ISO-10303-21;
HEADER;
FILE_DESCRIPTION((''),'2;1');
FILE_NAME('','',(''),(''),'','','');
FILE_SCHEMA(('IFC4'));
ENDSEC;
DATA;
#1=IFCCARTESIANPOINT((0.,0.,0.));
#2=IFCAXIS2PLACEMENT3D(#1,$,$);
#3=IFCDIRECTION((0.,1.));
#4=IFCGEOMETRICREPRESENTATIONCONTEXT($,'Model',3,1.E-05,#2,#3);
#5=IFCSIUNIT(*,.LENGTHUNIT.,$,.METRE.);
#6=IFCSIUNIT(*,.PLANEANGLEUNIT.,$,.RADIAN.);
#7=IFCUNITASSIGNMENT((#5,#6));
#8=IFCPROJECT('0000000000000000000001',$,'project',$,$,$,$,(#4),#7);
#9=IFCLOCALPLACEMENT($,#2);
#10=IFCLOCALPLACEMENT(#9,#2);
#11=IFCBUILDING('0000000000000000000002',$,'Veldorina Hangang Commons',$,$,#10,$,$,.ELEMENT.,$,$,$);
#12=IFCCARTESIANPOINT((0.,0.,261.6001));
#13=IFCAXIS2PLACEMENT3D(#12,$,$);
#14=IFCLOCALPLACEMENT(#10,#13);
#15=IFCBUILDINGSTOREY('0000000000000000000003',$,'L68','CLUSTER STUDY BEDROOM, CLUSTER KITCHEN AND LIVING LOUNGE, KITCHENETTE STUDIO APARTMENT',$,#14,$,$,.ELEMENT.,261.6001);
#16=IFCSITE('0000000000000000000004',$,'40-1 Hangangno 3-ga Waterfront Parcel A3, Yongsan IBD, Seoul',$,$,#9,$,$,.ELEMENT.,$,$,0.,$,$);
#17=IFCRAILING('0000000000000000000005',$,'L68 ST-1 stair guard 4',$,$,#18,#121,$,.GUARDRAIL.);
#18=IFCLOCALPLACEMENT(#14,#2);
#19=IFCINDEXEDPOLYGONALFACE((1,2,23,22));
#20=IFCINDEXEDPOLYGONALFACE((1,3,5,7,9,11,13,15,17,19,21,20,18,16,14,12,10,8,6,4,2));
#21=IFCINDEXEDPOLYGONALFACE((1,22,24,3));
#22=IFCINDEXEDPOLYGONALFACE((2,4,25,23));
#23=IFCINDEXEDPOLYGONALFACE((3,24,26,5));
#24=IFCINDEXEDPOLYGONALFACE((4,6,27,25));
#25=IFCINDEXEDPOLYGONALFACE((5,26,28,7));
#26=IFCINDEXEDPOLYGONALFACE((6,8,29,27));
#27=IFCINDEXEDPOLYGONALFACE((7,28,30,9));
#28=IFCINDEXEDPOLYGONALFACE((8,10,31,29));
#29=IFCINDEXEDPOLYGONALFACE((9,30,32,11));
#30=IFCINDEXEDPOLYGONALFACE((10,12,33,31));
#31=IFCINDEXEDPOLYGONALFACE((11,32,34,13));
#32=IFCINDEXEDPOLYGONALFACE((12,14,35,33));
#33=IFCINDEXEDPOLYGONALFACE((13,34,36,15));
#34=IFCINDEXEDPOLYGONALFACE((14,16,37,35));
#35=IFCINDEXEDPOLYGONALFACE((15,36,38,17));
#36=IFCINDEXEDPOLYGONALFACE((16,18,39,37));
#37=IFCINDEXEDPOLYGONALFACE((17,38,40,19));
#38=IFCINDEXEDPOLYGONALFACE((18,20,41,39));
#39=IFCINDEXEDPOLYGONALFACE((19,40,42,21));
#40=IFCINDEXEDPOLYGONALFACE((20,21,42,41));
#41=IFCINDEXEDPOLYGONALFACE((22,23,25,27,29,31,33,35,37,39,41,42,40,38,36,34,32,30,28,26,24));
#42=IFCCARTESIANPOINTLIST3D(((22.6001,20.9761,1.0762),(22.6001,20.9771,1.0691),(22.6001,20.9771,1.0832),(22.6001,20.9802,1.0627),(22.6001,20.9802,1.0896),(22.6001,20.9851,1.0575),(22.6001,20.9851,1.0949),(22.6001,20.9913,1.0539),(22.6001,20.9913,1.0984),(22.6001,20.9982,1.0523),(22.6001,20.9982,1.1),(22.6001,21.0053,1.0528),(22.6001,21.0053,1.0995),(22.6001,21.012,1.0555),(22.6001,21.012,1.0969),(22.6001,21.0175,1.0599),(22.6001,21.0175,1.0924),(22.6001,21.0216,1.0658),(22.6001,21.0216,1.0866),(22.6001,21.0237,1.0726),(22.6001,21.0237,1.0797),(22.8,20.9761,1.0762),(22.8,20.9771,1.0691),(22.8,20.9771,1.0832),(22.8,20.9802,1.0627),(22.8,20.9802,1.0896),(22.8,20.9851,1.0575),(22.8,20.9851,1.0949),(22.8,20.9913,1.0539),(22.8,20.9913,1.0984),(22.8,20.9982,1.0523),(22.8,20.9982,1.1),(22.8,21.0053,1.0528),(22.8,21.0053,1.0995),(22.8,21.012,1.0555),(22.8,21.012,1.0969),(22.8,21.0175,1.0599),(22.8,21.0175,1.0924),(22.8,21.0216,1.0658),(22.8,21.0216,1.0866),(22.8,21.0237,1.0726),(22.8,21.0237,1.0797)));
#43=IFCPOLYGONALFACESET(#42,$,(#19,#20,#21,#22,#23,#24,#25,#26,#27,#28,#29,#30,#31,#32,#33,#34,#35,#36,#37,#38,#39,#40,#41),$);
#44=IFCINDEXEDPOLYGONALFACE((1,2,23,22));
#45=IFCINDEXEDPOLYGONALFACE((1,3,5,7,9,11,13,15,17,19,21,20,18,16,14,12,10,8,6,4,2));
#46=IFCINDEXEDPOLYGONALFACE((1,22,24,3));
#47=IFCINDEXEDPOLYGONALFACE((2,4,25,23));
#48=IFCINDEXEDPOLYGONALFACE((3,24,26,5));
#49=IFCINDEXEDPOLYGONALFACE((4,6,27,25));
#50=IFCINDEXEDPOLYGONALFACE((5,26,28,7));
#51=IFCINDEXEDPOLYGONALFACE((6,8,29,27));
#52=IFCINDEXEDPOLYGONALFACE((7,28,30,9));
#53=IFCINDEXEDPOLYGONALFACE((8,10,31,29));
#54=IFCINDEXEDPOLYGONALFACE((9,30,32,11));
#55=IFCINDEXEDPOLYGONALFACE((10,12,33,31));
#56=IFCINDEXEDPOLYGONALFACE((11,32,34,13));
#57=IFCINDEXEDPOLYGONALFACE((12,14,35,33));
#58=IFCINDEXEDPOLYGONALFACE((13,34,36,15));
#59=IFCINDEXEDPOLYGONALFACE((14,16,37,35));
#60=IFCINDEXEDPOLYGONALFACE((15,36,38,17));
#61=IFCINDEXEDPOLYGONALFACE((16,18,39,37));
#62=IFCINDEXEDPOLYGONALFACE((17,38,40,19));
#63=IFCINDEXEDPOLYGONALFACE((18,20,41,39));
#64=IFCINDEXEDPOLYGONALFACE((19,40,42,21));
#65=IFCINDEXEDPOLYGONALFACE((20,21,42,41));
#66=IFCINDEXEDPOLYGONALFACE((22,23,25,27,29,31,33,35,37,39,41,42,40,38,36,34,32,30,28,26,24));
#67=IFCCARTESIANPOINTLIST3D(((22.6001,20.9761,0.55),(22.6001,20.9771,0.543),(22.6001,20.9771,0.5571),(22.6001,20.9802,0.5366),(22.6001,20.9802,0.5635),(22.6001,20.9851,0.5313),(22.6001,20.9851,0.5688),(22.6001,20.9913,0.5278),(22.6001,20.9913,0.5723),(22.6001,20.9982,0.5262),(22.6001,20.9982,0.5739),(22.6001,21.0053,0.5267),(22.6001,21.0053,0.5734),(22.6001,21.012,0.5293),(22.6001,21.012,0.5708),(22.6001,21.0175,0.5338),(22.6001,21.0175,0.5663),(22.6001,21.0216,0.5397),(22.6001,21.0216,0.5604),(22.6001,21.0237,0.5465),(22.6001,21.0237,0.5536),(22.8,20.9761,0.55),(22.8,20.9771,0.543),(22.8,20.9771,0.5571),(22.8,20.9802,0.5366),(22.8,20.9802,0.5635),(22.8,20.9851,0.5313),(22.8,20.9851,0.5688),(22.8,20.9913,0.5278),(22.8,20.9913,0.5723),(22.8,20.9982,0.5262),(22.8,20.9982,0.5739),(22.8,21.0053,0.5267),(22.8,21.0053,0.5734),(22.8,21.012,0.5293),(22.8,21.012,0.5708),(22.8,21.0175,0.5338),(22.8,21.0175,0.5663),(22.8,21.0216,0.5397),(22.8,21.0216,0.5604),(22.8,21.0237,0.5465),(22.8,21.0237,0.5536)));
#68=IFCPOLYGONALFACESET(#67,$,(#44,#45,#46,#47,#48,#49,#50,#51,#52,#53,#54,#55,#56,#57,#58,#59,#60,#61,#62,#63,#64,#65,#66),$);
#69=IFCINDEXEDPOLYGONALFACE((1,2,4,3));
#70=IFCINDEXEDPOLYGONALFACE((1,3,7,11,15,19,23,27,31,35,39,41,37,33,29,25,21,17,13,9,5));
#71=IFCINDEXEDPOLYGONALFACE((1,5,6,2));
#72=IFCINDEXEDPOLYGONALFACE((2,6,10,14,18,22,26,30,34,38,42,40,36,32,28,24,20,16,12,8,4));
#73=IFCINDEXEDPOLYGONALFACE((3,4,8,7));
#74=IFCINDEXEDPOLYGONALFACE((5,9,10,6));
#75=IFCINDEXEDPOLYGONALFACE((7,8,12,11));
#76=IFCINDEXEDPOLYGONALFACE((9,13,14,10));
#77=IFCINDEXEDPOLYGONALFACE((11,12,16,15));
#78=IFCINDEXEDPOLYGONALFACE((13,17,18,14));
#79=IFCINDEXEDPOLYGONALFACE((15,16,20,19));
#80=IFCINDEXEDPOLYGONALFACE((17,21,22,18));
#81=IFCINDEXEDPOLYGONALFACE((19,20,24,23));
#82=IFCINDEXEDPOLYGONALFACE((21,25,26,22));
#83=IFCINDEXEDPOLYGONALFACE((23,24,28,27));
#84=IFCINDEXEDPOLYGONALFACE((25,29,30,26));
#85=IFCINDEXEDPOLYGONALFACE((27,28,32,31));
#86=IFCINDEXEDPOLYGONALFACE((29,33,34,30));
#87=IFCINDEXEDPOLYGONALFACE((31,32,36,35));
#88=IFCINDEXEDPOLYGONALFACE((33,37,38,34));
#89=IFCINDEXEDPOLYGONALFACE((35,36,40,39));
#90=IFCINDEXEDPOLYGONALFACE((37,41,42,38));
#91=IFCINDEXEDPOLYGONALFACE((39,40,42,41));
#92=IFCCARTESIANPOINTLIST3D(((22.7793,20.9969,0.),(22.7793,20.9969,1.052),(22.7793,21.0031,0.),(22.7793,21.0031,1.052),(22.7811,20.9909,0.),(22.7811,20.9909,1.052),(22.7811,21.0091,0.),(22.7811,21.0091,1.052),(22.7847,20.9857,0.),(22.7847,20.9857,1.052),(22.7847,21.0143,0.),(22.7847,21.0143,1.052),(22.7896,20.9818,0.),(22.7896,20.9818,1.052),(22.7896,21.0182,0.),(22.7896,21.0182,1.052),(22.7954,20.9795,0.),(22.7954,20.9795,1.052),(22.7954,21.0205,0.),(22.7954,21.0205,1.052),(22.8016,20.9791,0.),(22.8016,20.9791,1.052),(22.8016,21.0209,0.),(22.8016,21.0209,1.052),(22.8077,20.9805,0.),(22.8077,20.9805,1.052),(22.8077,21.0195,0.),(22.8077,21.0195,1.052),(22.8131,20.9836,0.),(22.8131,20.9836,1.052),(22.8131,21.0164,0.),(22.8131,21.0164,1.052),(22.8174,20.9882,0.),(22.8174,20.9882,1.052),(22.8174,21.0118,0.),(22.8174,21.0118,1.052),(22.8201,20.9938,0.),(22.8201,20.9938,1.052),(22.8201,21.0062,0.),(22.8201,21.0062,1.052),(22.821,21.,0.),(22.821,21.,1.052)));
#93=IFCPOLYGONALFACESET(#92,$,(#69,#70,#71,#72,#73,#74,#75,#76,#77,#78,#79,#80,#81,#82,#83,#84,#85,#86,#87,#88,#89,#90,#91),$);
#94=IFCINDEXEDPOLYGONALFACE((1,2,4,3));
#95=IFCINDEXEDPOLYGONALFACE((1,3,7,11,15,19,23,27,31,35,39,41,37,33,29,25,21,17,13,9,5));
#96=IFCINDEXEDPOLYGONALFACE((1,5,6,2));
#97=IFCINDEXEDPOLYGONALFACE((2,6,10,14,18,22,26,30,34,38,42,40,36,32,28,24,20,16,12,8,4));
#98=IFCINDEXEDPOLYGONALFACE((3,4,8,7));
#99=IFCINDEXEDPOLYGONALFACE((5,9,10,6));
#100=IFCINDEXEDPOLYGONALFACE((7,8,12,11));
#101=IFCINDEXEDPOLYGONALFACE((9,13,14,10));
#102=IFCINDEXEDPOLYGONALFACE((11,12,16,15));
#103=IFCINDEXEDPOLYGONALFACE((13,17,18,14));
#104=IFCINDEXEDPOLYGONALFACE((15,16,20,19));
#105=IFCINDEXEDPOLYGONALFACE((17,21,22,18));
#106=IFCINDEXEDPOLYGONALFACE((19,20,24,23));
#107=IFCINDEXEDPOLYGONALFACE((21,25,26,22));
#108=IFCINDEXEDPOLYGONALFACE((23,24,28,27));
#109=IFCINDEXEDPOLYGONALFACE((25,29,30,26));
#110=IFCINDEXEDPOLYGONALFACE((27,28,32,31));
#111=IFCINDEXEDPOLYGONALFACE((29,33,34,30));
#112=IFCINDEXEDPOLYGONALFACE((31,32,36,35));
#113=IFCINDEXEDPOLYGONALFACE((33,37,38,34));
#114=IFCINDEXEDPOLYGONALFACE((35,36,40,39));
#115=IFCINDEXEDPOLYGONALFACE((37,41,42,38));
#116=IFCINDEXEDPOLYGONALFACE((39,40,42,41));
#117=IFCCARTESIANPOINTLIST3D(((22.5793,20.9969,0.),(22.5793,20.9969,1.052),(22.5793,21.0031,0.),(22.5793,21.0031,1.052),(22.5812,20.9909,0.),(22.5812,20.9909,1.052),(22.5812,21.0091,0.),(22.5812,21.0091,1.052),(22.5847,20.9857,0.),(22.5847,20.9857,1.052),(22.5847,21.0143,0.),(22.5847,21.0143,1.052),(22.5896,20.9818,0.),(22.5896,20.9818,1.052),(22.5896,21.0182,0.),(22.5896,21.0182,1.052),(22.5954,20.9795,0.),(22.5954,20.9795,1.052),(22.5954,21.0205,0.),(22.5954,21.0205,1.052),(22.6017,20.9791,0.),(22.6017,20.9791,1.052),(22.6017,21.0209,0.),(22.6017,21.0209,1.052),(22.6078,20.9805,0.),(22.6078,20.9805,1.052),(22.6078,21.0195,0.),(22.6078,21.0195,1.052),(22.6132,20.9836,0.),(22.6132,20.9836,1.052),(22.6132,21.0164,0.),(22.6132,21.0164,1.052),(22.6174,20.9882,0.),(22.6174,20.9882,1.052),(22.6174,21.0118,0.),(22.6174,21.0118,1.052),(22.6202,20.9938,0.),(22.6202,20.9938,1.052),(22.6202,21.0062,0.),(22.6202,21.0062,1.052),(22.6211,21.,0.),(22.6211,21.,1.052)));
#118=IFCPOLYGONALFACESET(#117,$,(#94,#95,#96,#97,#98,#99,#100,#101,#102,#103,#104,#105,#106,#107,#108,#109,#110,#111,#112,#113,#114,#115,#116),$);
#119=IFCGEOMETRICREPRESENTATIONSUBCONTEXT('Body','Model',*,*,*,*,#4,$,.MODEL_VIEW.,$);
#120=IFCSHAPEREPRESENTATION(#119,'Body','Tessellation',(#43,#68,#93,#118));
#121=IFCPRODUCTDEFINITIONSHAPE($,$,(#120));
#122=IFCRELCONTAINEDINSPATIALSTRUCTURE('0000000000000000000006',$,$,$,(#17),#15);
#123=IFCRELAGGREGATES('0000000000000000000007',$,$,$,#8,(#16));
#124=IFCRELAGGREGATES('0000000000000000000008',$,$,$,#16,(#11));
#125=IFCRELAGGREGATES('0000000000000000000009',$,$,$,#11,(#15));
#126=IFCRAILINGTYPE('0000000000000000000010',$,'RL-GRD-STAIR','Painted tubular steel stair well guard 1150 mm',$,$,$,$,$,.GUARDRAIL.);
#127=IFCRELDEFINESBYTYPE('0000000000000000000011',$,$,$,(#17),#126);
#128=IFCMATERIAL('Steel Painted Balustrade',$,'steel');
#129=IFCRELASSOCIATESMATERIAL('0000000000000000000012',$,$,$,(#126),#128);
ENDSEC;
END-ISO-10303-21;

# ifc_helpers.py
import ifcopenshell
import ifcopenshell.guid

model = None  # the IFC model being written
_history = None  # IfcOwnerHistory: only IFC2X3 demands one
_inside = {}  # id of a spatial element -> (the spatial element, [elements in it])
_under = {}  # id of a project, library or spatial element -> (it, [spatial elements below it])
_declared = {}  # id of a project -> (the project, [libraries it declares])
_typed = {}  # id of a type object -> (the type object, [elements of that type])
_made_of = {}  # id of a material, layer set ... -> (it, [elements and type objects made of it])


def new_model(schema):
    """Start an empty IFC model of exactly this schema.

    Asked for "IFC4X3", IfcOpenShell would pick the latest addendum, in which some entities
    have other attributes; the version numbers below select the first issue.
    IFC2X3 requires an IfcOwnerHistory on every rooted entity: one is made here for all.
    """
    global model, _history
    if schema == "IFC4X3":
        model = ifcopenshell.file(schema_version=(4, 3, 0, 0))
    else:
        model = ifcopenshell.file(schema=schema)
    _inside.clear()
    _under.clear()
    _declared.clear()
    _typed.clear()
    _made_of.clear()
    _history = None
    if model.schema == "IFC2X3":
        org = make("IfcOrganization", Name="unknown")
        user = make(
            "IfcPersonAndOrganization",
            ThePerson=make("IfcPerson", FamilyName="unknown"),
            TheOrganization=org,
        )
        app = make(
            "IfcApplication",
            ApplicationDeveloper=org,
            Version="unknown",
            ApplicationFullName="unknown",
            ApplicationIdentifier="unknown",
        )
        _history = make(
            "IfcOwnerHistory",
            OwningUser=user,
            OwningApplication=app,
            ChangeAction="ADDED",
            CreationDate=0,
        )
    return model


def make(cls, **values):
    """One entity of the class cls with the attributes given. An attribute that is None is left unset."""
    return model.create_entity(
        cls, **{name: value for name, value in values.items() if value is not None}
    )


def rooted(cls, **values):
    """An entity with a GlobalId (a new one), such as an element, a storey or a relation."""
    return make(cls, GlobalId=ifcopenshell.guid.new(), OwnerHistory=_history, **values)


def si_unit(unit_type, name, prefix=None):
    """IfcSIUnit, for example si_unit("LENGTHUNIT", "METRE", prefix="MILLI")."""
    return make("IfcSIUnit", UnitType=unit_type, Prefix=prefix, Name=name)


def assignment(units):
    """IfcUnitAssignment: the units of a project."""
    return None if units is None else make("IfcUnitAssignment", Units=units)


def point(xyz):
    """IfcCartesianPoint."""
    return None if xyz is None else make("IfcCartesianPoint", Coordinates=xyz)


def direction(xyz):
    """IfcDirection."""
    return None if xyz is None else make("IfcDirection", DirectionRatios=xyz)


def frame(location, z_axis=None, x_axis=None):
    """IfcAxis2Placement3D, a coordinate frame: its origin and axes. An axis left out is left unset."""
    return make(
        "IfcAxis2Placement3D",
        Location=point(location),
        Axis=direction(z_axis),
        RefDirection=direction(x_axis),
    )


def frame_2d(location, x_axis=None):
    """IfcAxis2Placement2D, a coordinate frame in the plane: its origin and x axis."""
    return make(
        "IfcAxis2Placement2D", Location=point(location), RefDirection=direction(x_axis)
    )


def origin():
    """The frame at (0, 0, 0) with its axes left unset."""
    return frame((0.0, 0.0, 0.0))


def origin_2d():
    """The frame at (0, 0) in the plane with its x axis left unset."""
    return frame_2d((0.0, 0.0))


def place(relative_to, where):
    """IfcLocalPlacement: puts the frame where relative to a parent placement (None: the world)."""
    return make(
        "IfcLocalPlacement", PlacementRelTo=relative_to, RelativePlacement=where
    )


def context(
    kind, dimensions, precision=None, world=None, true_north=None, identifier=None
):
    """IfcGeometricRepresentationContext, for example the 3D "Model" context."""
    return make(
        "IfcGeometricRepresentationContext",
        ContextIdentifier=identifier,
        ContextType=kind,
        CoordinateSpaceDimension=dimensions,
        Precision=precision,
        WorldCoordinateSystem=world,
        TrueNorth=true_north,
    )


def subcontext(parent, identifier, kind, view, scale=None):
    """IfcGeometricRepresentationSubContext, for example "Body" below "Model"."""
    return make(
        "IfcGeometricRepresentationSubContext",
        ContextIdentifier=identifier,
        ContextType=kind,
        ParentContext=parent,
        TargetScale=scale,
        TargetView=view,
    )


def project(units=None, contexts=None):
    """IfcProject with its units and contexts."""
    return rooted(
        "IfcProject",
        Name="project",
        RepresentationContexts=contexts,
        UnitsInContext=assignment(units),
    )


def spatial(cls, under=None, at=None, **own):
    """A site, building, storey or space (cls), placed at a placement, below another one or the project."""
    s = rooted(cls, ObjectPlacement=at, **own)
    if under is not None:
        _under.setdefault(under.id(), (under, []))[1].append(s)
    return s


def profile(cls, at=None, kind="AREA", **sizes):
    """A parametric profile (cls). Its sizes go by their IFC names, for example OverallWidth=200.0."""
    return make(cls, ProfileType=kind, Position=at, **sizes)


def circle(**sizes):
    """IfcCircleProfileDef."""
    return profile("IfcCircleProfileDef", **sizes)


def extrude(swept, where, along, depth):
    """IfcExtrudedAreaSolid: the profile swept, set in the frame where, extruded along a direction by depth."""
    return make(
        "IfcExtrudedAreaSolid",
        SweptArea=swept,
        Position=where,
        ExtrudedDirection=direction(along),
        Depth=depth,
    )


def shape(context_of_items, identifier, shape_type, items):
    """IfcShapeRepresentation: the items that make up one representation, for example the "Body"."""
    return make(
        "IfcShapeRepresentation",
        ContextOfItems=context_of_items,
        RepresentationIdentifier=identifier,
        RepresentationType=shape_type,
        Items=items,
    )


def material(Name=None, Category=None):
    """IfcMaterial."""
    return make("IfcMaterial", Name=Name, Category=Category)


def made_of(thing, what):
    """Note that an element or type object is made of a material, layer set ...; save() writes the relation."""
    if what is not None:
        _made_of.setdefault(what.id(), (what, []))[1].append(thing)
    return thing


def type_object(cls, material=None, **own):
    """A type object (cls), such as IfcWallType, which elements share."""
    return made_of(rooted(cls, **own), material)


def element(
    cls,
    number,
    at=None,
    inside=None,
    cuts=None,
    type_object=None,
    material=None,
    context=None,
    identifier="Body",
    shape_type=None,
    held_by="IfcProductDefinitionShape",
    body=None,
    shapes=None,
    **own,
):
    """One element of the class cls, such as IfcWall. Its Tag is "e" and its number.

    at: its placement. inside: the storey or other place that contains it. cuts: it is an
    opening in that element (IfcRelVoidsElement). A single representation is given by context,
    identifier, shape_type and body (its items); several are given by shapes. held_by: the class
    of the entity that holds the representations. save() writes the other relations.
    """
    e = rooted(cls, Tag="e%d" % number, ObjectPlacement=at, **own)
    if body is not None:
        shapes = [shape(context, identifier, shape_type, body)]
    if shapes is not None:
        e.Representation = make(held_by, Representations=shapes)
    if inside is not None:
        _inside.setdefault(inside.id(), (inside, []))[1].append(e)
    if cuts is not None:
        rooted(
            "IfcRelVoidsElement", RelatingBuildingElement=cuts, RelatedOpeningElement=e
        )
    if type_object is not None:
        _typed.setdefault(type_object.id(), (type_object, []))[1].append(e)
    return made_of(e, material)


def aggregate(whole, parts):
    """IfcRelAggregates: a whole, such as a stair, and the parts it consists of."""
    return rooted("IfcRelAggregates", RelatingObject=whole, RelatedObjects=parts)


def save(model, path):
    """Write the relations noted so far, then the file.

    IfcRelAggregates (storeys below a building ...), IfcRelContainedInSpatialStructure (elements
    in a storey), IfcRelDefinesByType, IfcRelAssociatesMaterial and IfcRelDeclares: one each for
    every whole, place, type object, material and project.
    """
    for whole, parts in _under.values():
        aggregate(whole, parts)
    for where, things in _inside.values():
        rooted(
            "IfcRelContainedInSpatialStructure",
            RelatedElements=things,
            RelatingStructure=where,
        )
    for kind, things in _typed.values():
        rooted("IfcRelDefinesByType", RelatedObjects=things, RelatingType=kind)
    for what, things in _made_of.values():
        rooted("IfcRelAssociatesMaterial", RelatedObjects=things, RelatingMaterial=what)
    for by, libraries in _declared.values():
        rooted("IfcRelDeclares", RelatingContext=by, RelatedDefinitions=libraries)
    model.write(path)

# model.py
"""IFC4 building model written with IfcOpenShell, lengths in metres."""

from ifc_helpers import new_model, si_unit, direction, frame, origin, origin_2d, place, context, subcontext, project, spatial, circle, extrude, material, type_object, element, save


model = new_model("IFC4")

# Units and contexts
model_context = context("Model", 3, precision=1e-05, world=origin(), true_north=direction((0.0, 1.0)))
body_context = subcontext(model_context, "Body", "Model", "MODEL_VIEW")
ifc_project = project(units=[si_unit("LENGTHUNIT", "METRE"), si_unit("PLANEANGLEUNIT", "RADIAN")], contexts=[model_context])

# Site, building, storey
site_placement = place(None, origin())
site = spatial("IfcSite", under=ifc_project, at=site_placement, Name="40-1 Hangangno 3-ga Waterfront Parcel A3, Yongsan IBD, Seoul", CompositionType="ELEMENT", RefElevation=0.0)
building_placement = place(site_placement, origin())
building = spatial("IfcBuilding", under=site, at=building_placement, Name="Veldorina Hangang Commons", CompositionType="ELEMENT")
storey_placement = place(building_placement, frame((0.0, 0.0, 261.6001)))
storey = spatial("IfcBuildingStorey", under=building, at=storey_placement, Name="L68", Description="CLUSTER STUDY BEDROOM, CLUSTER KITCHEN AND LIVING LOUNGE, KITCHENETTE STUDIO APARTMENT", CompositionType="ELEMENT", Elevation=261.6001)

# Railing
ifc_material_1 = material(Name="Steel Painted Balustrade", Category="steel")
railing_type = type_object("IfcRailingType", Name="RL-GRD-STAIR", Description="Painted tubular steel stair well guard 1150 mm", PredefinedType="GUARDRAIL", material=ifc_material_1)
railing_placement = place(storey_placement, frame((22.8, 21.0, 0.0)))
element("IfcRailing", 1, at=railing_placement, inside=storey, type_object=railing_type, Name="L68 ST-1 stair guard 4", PredefinedType="GUARDRAIL", context=body_context, shape_type="SweptSolid", body=[
    extrude(circle(Radius=0.0239, at=origin_2d()), frame((0.0, 0.0, 1.0762), z_axis=(-1.0, 0.0, 0.0), x_axis=(0.0, -1.0, 0.0)), (0.0, 0.0, 1.0), 0.2),
    extrude(circle(Radius=0.0239, at=origin_2d()), frame((0.0, 0.0, 0.55), z_axis=(-1.0, 0.0, 0.0), x_axis=(0.0, -1.0, 0.0)), (0.0, 0.0, 1.0), 0.2),
    extrude(circle(Radius=0.021, at=origin_2d()), origin(), (0.0, 0.0, 1.0), 1.052),
    extrude(circle(Radius=0.021, at=origin_2d()), frame((-0.2, 0.0, 0.0)), (0.0, 0.0, 1.0), 1.052),
])

save(model, "model.ifc")
